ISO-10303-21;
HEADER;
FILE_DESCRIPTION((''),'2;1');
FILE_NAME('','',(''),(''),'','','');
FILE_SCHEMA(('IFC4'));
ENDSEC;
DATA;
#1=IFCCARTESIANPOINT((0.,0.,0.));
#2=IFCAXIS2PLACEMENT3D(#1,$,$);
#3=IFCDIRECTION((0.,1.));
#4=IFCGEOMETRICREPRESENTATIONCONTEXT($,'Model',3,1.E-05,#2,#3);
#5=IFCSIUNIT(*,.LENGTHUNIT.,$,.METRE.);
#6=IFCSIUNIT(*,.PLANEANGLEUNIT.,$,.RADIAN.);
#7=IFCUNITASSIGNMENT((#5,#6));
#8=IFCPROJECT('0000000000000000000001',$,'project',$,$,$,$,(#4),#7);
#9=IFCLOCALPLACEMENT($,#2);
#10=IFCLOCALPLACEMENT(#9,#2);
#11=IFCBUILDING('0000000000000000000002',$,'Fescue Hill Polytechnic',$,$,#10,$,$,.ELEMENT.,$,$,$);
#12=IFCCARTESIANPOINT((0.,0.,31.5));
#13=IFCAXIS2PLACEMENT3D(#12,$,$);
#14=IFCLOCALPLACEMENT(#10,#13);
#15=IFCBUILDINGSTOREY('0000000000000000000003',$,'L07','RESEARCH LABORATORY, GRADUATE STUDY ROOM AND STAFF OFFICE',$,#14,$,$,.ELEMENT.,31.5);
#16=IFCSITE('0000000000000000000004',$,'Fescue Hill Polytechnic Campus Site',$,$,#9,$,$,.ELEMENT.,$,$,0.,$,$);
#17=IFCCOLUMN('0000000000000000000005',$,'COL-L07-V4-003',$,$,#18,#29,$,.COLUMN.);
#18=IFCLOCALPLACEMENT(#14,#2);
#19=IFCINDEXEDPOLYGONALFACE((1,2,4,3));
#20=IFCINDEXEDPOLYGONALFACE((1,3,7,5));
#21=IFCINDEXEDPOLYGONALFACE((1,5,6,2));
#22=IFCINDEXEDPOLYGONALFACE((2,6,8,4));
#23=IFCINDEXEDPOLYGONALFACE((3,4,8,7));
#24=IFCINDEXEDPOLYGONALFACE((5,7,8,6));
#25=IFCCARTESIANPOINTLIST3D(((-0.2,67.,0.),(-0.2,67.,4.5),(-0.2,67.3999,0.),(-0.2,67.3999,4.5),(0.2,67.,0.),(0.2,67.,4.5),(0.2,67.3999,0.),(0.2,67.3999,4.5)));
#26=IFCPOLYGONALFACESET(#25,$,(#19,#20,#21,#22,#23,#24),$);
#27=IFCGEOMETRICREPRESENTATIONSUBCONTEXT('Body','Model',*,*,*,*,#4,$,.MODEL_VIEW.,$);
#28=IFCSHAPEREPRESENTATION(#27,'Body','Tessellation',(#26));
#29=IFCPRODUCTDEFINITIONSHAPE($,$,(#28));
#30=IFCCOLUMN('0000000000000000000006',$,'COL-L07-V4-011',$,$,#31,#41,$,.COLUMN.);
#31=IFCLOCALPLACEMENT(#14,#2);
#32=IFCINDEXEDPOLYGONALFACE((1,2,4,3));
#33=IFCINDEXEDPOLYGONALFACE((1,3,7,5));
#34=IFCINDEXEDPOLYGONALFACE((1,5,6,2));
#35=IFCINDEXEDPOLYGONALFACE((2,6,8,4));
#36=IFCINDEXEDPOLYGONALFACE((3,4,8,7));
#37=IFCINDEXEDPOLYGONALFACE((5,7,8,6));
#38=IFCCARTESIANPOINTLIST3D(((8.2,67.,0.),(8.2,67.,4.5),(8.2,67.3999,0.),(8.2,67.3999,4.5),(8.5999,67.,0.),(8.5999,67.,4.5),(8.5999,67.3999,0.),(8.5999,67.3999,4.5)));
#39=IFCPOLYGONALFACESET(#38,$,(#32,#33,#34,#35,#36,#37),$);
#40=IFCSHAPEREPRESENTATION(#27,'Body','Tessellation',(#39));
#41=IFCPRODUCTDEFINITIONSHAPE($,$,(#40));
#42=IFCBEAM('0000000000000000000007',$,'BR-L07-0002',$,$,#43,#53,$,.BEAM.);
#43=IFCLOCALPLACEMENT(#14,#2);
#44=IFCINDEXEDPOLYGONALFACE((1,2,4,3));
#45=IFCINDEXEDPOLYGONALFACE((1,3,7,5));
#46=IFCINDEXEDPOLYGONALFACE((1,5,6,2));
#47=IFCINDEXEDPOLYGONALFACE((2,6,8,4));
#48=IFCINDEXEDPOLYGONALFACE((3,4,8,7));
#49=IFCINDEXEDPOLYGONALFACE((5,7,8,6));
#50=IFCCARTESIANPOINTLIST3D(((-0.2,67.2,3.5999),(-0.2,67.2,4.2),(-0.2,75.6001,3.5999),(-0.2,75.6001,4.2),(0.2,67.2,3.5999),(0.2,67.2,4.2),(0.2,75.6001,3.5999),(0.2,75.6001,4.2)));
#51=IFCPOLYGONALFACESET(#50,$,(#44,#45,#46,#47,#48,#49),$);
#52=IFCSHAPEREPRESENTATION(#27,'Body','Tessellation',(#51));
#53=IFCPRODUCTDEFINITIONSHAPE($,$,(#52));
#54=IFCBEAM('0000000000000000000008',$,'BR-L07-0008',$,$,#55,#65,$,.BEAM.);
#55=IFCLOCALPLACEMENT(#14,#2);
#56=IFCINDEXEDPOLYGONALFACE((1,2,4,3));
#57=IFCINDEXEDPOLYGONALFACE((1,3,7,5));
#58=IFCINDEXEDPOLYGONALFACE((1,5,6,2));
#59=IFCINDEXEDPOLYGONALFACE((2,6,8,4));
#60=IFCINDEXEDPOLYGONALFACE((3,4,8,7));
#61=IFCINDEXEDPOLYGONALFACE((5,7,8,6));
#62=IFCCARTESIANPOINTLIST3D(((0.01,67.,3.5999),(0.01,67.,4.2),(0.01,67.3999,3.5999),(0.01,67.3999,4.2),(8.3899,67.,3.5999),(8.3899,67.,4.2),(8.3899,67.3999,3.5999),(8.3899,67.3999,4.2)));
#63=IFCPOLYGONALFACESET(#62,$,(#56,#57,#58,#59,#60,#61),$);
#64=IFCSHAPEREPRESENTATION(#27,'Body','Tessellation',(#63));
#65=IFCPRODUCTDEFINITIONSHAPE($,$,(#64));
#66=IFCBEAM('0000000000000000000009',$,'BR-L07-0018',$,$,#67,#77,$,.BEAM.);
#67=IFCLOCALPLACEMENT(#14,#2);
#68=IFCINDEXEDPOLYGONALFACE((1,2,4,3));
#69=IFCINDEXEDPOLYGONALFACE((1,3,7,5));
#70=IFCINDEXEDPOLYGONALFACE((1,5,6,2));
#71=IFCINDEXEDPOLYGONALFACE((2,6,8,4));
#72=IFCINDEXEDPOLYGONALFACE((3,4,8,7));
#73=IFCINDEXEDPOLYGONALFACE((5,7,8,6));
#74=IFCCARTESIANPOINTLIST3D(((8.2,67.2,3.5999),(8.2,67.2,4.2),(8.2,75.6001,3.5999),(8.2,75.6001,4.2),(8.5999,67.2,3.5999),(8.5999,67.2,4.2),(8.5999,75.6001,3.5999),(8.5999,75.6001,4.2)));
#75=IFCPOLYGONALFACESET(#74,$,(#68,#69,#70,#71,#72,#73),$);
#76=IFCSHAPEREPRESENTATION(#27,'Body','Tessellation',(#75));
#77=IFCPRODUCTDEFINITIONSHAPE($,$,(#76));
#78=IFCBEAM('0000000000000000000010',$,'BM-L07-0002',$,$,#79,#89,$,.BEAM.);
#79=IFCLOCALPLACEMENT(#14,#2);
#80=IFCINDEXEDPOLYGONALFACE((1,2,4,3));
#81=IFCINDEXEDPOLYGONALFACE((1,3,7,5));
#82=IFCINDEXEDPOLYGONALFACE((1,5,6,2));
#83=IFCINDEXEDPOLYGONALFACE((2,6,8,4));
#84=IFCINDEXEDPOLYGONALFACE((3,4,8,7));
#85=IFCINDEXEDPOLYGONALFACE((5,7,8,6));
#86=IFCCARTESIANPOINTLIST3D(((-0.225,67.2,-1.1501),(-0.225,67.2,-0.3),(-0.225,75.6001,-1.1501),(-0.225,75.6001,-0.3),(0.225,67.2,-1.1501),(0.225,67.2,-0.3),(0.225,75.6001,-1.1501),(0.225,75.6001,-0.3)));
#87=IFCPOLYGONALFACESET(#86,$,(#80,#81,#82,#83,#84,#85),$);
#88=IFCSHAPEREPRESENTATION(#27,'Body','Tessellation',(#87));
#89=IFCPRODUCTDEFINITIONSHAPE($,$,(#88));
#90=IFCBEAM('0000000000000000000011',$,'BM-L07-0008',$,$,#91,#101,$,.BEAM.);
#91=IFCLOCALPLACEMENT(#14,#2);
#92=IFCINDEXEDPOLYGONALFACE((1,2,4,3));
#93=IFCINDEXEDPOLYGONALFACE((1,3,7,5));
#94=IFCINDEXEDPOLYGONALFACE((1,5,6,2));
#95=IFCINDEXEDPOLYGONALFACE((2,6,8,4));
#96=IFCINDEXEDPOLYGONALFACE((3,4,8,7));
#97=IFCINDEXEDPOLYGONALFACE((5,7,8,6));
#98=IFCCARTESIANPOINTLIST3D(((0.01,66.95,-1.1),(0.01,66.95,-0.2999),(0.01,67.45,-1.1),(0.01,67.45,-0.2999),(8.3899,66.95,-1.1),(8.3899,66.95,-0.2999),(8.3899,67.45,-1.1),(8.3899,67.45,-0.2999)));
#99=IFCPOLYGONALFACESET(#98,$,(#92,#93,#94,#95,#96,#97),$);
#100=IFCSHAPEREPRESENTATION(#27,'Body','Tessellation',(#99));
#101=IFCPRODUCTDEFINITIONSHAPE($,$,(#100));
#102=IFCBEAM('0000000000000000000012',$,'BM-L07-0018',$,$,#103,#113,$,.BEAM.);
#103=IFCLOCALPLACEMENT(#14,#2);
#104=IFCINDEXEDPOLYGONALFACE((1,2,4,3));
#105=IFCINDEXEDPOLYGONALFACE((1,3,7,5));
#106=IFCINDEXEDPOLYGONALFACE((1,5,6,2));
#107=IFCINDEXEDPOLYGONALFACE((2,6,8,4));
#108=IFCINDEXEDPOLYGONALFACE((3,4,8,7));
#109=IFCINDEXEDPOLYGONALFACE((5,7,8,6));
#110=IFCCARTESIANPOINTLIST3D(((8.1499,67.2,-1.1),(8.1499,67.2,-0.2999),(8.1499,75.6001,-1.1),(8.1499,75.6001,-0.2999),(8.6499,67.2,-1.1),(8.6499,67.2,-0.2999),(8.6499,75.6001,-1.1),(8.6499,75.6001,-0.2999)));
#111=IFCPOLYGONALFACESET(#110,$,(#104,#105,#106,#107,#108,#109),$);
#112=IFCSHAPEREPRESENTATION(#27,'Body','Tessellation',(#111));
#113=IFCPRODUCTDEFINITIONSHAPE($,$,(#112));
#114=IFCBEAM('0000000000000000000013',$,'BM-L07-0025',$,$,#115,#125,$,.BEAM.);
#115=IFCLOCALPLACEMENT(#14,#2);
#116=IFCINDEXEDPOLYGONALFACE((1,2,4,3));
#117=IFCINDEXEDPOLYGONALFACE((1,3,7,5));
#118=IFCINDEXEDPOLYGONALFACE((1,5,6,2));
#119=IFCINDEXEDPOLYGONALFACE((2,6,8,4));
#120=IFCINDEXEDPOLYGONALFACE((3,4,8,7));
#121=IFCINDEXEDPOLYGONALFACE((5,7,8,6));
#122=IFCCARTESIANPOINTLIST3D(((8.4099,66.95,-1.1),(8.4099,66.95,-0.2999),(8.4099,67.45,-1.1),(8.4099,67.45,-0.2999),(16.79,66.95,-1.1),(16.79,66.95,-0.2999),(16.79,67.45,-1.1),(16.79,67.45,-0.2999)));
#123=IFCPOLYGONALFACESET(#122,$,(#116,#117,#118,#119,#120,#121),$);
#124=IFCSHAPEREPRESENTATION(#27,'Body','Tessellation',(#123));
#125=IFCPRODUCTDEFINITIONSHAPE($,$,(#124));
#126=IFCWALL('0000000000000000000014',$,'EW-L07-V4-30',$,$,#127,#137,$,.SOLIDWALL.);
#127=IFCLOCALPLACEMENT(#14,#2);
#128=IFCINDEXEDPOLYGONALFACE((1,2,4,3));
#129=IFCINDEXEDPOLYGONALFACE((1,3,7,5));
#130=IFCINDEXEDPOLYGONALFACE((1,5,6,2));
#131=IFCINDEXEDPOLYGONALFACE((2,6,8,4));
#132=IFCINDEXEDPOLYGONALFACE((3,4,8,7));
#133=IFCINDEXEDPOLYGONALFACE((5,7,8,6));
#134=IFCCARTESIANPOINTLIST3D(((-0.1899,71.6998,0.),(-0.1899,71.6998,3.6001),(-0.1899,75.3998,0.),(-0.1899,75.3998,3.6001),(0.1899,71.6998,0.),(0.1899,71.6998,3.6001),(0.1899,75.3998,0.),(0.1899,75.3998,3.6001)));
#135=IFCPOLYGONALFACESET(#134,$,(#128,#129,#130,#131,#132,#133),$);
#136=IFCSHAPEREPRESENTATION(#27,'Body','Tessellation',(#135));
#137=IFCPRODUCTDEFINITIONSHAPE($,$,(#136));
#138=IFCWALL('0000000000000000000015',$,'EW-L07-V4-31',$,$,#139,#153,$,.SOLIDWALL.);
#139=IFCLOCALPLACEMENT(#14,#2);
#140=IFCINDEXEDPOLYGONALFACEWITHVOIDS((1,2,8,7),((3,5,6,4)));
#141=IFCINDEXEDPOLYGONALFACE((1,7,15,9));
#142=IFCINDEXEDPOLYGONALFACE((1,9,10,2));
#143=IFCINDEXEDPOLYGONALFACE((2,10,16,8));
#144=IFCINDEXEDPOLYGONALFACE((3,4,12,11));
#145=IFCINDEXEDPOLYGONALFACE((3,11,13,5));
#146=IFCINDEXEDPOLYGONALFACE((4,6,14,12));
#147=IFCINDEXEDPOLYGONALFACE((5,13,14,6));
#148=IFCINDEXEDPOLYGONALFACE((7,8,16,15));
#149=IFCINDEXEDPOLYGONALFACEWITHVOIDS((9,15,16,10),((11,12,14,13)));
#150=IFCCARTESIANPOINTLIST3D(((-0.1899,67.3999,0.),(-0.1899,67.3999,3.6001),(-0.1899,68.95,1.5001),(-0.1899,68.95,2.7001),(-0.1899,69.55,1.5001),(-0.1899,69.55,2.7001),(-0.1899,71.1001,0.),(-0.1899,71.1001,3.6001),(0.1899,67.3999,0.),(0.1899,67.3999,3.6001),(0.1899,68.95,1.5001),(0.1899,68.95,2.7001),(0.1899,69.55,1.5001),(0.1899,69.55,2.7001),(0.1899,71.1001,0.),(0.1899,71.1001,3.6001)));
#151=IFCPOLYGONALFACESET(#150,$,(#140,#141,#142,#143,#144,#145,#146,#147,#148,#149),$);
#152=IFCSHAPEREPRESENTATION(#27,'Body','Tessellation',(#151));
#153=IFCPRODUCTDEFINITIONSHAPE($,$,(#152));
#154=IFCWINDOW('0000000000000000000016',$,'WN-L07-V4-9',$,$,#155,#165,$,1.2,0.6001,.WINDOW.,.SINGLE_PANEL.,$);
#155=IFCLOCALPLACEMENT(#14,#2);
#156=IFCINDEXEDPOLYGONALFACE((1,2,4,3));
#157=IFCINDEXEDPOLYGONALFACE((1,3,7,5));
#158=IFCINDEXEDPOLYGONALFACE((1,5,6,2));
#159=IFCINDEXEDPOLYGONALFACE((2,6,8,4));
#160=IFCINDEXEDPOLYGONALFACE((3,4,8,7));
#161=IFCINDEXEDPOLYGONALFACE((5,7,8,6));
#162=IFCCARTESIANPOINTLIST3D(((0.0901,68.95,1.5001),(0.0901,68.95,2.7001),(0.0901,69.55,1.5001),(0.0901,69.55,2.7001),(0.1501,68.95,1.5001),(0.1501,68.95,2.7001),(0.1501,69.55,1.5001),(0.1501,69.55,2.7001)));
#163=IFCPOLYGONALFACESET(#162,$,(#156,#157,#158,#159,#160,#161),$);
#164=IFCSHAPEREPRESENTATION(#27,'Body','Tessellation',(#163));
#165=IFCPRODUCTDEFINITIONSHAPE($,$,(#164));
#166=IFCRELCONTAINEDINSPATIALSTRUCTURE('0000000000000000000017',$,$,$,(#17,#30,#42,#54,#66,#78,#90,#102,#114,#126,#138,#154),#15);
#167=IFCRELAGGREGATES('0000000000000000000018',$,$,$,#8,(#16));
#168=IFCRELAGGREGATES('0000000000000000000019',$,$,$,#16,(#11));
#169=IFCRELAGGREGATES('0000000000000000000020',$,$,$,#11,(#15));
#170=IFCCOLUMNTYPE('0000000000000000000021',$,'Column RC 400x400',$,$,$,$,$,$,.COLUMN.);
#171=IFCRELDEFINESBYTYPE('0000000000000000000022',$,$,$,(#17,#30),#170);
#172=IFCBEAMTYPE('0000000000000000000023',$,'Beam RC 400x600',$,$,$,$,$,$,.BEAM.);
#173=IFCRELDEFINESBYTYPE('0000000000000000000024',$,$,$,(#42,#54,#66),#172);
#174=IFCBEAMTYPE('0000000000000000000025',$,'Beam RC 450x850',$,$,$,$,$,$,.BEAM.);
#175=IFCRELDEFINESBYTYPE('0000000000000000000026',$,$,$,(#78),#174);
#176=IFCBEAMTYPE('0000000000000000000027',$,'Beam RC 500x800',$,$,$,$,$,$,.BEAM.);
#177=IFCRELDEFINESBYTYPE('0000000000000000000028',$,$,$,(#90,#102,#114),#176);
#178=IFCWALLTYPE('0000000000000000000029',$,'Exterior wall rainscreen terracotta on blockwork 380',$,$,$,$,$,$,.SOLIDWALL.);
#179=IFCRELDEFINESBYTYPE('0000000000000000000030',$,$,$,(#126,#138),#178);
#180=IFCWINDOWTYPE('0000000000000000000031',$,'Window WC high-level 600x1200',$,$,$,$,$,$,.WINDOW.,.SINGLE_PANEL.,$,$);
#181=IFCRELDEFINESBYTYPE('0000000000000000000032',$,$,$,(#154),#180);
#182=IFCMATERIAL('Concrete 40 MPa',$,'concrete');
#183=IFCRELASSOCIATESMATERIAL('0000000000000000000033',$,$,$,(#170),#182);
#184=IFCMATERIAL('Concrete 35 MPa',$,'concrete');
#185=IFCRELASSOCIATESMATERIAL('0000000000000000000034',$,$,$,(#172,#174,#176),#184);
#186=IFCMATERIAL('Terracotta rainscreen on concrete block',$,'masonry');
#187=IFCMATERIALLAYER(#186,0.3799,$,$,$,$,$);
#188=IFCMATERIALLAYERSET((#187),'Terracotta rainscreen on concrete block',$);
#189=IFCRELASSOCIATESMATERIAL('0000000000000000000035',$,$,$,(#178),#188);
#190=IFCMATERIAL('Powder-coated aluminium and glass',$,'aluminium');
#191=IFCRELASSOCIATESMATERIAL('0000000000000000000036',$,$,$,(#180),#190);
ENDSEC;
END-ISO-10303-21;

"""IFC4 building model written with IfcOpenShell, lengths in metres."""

from ifc_helpers import new_model, si_unit, direction, frame, frame_2d, origin, origin_2d, place, context, subcontext, project, spatial, rectangle, extrude, material, layer, layer_set, material_profile, profile_set, type_object, element, fill, save


model = new_model("IFC4")

# Units and contexts
model_context = context("Model", 3, precision=1e-05, world=origin(), true_north=direction((0.0, 1.0)))
body_context = subcontext(model_context, "Body", "Model", "MODEL_VIEW")
ifc_project = project(units=[si_unit("LENGTHUNIT", "METRE"), si_unit("PLANEANGLEUNIT", "RADIAN")], contexts=[model_context])

# Site, building, storey
site_placement = place(None, origin())
site = spatial("IfcSite", under=ifc_project, at=site_placement, Name="Fescue Hill Polytechnic Campus Site", CompositionType="ELEMENT", RefElevation=0.0)
building_placement = place(site_placement, origin())
building = spatial("IfcBuilding", under=site, at=building_placement, Name="Fescue Hill Polytechnic", CompositionType="ELEMENT")
storey_placement = place(building_placement, frame((0.0, 0.0, 31.5)))
storey = spatial("IfcBuildingStorey", under=building, at=storey_placement, Name="L07", Description="RESEARCH LABORATORY, GRADUATE STUDY ROOM AND STAFF OFFICE", CompositionType="ELEMENT", Elevation=31.5)

# Columns
ifc_material_1 = material(Name="Concrete 40 MPa", Category="concrete")
ifc_material_profile_1 = material_profile(ifc_material_1, rectangle(XDim=0.3999, YDim=0.3999, at=origin_2d()), Name="RC 400x400")
ifc_profile_set_1 = profile_set([ifc_material_profile_1], Name="Concrete 40 MPa")
column_type = type_object("IfcColumnType", Name="Column RC 400x400", PredefinedType="COLUMN", material=ifc_profile_set_1)
for number, where, z_axis, x_axis, name in (
    (1, (0.0, 67.2, 0.0), (0.0, 0.0, 1.0), (1.0, 0.0, 0.0), "COL-L07-V4-003"),
    (2, (8.3999, 67.2, 0.0), (0.0, 0.0, 1.0), (1.0, 0.0, 0.0), "COL-L07-V4-011"),
):
    element("IfcColumn", number, at=place(storey_placement, frame(where, z_axis=z_axis, x_axis=x_axis)), inside=storey, type_object=column_type, Name=name, PredefinedType="COLUMN", context=body_context, shape_type="SweptSolid", body=[
        extrude(rectangle(XDim=0.3999, YDim=0.3999, at=origin_2d()), origin(), (0.0, 0.0, 1.0), 4.5),
    ])

# Beams
ifc_material_2 = material(Name="Concrete 35 MPa", Category="concrete")
ifc_material_profile_2 = material_profile(ifc_material_2, rectangle(XDim=0.3999, YDim=0.6001, at=origin_2d()), Name="RC 400x600")
ifc_profile_set_2 = profile_set([ifc_material_profile_2], Name="Concrete 35 MPa")
beam_type_1 = type_object("IfcBeamType", Name="Beam RC 400x600", PredefinedType="BEAM", material=ifc_profile_set_2)
beam_1_placement = place(storey_placement, frame((0.0, 67.2, 3.8999), z_axis=(0.0, 1.0, 0.0), x_axis=(-1.0, 0.0, 0.0)))
element("IfcBeam", 3, at=beam_1_placement, inside=storey, type_object=beam_type_1, Name="BR-L07-0002", PredefinedType="BEAM", context=body_context, shape_type="SweptSolid", body=[
    extrude(rectangle(XDim=0.3999, YDim=0.6001, at=origin_2d()), origin(), (0.0, 0.0, 1.0), 8.4001),
])
beam_2_placement = place(storey_placement, frame((0.01, 67.2, 3.8999), z_axis=(1.0, 0.0, 0.0), x_axis=(0.0, 1.0, 0.0)))
element("IfcBeam", 4, at=beam_2_placement, inside=storey, type_object=beam_type_1, Name="BR-L07-0008", PredefinedType="BEAM", context=body_context, shape_type="SweptSolid", body=[
    extrude(rectangle(XDim=0.3999, YDim=0.6001, at=origin_2d()), origin(), (0.0, 0.0, 1.0), 8.3799),
])
beam_3_placement = place(storey_placement, frame((8.3999, 67.2, 3.8999), z_axis=(0.0, 1.0, 0.0), x_axis=(-1.0, 0.0, 0.0)))
element("IfcBeam", 5, at=beam_3_placement, inside=storey, type_object=beam_type_1, Name="BR-L07-0018", PredefinedType="BEAM", context=body_context, shape_type="SweptSolid", body=[
    extrude(rectangle(XDim=0.3999, YDim=0.6001, at=origin_2d()), origin(), (0.0, 0.0, 1.0), 8.4001),
])
ifc_material_profile_3 = material_profile(ifc_material_2, rectangle(XDim=0.45, YDim=0.8501, at=origin_2d()), Name="RC 450x850")
ifc_profile_set_3 = profile_set([ifc_material_profile_3], Name="Concrete 35 MPa")
beam_type_2 = type_object("IfcBeamType", Name="Beam RC 450x850", PredefinedType="BEAM", material=ifc_profile_set_3)
beam_4_placement = place(storey_placement, frame((0.0, 67.2, -0.7251), z_axis=(0.0, 1.0, 0.0), x_axis=(-1.0, 0.0, 0.0)))
element("IfcBeam", 6, at=beam_4_placement, inside=storey, type_object=beam_type_2, Name="BM-L07-0002", PredefinedType="BEAM", context=body_context, shape_type="SweptSolid", body=[
    extrude(rectangle(XDim=0.45, YDim=0.8501, at=origin_2d()), origin(), (0.0, 0.0, 1.0), 8.4001),
])
ifc_material_profile_4 = material_profile(ifc_material_2, rectangle(XDim=0.5, YDim=0.8, at=origin_2d()), Name="RC 500x800")
ifc_profile_set_4 = profile_set([ifc_material_profile_4], Name="Concrete 35 MPa")
beam_type_3 = type_object("IfcBeamType", Name="Beam RC 500x800", PredefinedType="BEAM", material=ifc_profile_set_4)
beam_5_placement = place(storey_placement, frame((0.01, 67.2, -0.7), z_axis=(1.0, 0.0, 0.0), x_axis=(0.0, 1.0, 0.0)))
element("IfcBeam", 7, at=beam_5_placement, inside=storey, type_object=beam_type_3, Name="BM-L07-0008", PredefinedType="BEAM", context=body_context, shape_type="SweptSolid", body=[
    extrude(rectangle(XDim=0.5, YDim=0.8, at=origin_2d()), origin(), (0.0, 0.0, 1.0), 8.3799),
])
beam_6_placement = place(storey_placement, frame((8.3999, 67.2, -0.7), z_axis=(0.0, 1.0, 0.0), x_axis=(-1.0, 0.0, 0.0)))
element("IfcBeam", 8, at=beam_6_placement, inside=storey, type_object=beam_type_3, Name="BM-L07-0018", PredefinedType="BEAM", context=body_context, shape_type="SweptSolid", body=[
    extrude(rectangle(XDim=0.5, YDim=0.8, at=origin_2d()), origin(), (0.0, 0.0, 1.0), 8.4001),
])
beam_7_placement = place(storey_placement, frame((8.4099, 67.2, -0.7), z_axis=(1.0, 0.0, 0.0), x_axis=(0.0, 1.0, 0.0)))
element("IfcBeam", 9, at=beam_7_placement, inside=storey, type_object=beam_type_3, Name="BM-L07-0025", PredefinedType="BEAM", context=body_context, shape_type="SweptSolid", body=[
    extrude(rectangle(XDim=0.5, YDim=0.8, at=origin_2d()), origin(), (0.0, 0.0, 1.0), 8.3801),
])

# Wall
ifc_material_3 = material(Name="Terracotta rainscreen on concrete block", Category="masonry")
ifc_layer_1 = layer(ifc_material_3, 0.3799)
ifc_layer_set_1 = layer_set([ifc_layer_1], Name="Terracotta rainscreen on concrete block")
wall_type_1 = type_object("IfcWallType", Name="Exterior wall rainscreen terracotta on blockwork 380", PredefinedType="SOLIDWALL", material=ifc_layer_set_1)
wall_1_placement = place(storey_placement, frame((0.0, 75.3999, 0.0), z_axis=(0.0, 0.0, 1.0), x_axis=(0.0, -1.0, 0.0)))
element("IfcWall", 10, at=wall_1_placement, inside=storey, type_object=wall_type_1, Name="EW-L07-V4-30", PredefinedType="SOLIDWALL", context=body_context, shape_type="SweptSolid", body=[
    extrude(rectangle(XDim=3.7, YDim=0.3799, at=frame_2d((1.8501, 0.0))), origin(), (0.0, 0.0, 1.0), 3.6001),
])

# Wall, opening, window
wall_2_placement = place(storey_placement, frame((0.0, 71.1001, 0.0), z_axis=(0.0, 0.0, 1.0), x_axis=(0.0, -1.0, 0.0)))
wall_2 = element("IfcWall", 11, at=wall_2_placement, inside=storey, type_object=wall_type_1, Name="EW-L07-V4-31", PredefinedType="SOLIDWALL", context=body_context, shape_type="SweptSolid", body=[
    extrude(rectangle(XDim=3.7002, YDim=0.3799, at=frame_2d((1.8501, 0.0))), origin(), (0.0, 0.0, 1.0), 3.6001),
])
opening_1_placement = place(wall_2_placement, frame((1.55, 0.0, 1.5)))
opening_1 = element("IfcOpeningElement", 12, at=opening_1_placement, cuts=wall_2, PredefinedType="OPENING", context=body_context, shape_type="SweptSolid", body=[
    extrude(rectangle(XDim=0.6001, YDim=1.2, at=frame_2d((0.3, 0.6001))), frame((0.0, 0.2, 0.0), z_axis=(0.0, -1.0, 0.0), x_axis=(1.0, 0.0, 0.0)), (0.0, 0.0, 1.0), 0.3999),
])
ifc_material_4 = material(Name="Powder-coated aluminium and glass", Category="aluminium")
window_type = type_object("IfcWindowType", Name="Window WC high-level 600x1200", PartitioningType="SINGLE_PANEL", PredefinedType="WINDOW", material=ifc_material_4)
window_1_placement = place(opening_1_placement, origin())
window_1 = element("IfcWindow", 13, at=window_1_placement, inside=storey, type_object=window_type, Name="WN-L07-V4-9", OverallHeight=1.2, OverallWidth=0.6001, PartitioningType="SINGLE_PANEL", PredefinedType="WINDOW", context=body_context, shape_type="SweptSolid", body=[
    extrude(rectangle(XDim=0.6001, YDim=1.2, at=frame_2d((0.3, 0.6001))), frame((0.0, 0.1501, 0.0), z_axis=(0.0, -1.0, 0.0), x_axis=(1.0, 0.0, 0.0)), (0.0, 0.0, 1.0), 0.0601),
])
fill(opening_1, window_1)

save(model, "model.ifc")
